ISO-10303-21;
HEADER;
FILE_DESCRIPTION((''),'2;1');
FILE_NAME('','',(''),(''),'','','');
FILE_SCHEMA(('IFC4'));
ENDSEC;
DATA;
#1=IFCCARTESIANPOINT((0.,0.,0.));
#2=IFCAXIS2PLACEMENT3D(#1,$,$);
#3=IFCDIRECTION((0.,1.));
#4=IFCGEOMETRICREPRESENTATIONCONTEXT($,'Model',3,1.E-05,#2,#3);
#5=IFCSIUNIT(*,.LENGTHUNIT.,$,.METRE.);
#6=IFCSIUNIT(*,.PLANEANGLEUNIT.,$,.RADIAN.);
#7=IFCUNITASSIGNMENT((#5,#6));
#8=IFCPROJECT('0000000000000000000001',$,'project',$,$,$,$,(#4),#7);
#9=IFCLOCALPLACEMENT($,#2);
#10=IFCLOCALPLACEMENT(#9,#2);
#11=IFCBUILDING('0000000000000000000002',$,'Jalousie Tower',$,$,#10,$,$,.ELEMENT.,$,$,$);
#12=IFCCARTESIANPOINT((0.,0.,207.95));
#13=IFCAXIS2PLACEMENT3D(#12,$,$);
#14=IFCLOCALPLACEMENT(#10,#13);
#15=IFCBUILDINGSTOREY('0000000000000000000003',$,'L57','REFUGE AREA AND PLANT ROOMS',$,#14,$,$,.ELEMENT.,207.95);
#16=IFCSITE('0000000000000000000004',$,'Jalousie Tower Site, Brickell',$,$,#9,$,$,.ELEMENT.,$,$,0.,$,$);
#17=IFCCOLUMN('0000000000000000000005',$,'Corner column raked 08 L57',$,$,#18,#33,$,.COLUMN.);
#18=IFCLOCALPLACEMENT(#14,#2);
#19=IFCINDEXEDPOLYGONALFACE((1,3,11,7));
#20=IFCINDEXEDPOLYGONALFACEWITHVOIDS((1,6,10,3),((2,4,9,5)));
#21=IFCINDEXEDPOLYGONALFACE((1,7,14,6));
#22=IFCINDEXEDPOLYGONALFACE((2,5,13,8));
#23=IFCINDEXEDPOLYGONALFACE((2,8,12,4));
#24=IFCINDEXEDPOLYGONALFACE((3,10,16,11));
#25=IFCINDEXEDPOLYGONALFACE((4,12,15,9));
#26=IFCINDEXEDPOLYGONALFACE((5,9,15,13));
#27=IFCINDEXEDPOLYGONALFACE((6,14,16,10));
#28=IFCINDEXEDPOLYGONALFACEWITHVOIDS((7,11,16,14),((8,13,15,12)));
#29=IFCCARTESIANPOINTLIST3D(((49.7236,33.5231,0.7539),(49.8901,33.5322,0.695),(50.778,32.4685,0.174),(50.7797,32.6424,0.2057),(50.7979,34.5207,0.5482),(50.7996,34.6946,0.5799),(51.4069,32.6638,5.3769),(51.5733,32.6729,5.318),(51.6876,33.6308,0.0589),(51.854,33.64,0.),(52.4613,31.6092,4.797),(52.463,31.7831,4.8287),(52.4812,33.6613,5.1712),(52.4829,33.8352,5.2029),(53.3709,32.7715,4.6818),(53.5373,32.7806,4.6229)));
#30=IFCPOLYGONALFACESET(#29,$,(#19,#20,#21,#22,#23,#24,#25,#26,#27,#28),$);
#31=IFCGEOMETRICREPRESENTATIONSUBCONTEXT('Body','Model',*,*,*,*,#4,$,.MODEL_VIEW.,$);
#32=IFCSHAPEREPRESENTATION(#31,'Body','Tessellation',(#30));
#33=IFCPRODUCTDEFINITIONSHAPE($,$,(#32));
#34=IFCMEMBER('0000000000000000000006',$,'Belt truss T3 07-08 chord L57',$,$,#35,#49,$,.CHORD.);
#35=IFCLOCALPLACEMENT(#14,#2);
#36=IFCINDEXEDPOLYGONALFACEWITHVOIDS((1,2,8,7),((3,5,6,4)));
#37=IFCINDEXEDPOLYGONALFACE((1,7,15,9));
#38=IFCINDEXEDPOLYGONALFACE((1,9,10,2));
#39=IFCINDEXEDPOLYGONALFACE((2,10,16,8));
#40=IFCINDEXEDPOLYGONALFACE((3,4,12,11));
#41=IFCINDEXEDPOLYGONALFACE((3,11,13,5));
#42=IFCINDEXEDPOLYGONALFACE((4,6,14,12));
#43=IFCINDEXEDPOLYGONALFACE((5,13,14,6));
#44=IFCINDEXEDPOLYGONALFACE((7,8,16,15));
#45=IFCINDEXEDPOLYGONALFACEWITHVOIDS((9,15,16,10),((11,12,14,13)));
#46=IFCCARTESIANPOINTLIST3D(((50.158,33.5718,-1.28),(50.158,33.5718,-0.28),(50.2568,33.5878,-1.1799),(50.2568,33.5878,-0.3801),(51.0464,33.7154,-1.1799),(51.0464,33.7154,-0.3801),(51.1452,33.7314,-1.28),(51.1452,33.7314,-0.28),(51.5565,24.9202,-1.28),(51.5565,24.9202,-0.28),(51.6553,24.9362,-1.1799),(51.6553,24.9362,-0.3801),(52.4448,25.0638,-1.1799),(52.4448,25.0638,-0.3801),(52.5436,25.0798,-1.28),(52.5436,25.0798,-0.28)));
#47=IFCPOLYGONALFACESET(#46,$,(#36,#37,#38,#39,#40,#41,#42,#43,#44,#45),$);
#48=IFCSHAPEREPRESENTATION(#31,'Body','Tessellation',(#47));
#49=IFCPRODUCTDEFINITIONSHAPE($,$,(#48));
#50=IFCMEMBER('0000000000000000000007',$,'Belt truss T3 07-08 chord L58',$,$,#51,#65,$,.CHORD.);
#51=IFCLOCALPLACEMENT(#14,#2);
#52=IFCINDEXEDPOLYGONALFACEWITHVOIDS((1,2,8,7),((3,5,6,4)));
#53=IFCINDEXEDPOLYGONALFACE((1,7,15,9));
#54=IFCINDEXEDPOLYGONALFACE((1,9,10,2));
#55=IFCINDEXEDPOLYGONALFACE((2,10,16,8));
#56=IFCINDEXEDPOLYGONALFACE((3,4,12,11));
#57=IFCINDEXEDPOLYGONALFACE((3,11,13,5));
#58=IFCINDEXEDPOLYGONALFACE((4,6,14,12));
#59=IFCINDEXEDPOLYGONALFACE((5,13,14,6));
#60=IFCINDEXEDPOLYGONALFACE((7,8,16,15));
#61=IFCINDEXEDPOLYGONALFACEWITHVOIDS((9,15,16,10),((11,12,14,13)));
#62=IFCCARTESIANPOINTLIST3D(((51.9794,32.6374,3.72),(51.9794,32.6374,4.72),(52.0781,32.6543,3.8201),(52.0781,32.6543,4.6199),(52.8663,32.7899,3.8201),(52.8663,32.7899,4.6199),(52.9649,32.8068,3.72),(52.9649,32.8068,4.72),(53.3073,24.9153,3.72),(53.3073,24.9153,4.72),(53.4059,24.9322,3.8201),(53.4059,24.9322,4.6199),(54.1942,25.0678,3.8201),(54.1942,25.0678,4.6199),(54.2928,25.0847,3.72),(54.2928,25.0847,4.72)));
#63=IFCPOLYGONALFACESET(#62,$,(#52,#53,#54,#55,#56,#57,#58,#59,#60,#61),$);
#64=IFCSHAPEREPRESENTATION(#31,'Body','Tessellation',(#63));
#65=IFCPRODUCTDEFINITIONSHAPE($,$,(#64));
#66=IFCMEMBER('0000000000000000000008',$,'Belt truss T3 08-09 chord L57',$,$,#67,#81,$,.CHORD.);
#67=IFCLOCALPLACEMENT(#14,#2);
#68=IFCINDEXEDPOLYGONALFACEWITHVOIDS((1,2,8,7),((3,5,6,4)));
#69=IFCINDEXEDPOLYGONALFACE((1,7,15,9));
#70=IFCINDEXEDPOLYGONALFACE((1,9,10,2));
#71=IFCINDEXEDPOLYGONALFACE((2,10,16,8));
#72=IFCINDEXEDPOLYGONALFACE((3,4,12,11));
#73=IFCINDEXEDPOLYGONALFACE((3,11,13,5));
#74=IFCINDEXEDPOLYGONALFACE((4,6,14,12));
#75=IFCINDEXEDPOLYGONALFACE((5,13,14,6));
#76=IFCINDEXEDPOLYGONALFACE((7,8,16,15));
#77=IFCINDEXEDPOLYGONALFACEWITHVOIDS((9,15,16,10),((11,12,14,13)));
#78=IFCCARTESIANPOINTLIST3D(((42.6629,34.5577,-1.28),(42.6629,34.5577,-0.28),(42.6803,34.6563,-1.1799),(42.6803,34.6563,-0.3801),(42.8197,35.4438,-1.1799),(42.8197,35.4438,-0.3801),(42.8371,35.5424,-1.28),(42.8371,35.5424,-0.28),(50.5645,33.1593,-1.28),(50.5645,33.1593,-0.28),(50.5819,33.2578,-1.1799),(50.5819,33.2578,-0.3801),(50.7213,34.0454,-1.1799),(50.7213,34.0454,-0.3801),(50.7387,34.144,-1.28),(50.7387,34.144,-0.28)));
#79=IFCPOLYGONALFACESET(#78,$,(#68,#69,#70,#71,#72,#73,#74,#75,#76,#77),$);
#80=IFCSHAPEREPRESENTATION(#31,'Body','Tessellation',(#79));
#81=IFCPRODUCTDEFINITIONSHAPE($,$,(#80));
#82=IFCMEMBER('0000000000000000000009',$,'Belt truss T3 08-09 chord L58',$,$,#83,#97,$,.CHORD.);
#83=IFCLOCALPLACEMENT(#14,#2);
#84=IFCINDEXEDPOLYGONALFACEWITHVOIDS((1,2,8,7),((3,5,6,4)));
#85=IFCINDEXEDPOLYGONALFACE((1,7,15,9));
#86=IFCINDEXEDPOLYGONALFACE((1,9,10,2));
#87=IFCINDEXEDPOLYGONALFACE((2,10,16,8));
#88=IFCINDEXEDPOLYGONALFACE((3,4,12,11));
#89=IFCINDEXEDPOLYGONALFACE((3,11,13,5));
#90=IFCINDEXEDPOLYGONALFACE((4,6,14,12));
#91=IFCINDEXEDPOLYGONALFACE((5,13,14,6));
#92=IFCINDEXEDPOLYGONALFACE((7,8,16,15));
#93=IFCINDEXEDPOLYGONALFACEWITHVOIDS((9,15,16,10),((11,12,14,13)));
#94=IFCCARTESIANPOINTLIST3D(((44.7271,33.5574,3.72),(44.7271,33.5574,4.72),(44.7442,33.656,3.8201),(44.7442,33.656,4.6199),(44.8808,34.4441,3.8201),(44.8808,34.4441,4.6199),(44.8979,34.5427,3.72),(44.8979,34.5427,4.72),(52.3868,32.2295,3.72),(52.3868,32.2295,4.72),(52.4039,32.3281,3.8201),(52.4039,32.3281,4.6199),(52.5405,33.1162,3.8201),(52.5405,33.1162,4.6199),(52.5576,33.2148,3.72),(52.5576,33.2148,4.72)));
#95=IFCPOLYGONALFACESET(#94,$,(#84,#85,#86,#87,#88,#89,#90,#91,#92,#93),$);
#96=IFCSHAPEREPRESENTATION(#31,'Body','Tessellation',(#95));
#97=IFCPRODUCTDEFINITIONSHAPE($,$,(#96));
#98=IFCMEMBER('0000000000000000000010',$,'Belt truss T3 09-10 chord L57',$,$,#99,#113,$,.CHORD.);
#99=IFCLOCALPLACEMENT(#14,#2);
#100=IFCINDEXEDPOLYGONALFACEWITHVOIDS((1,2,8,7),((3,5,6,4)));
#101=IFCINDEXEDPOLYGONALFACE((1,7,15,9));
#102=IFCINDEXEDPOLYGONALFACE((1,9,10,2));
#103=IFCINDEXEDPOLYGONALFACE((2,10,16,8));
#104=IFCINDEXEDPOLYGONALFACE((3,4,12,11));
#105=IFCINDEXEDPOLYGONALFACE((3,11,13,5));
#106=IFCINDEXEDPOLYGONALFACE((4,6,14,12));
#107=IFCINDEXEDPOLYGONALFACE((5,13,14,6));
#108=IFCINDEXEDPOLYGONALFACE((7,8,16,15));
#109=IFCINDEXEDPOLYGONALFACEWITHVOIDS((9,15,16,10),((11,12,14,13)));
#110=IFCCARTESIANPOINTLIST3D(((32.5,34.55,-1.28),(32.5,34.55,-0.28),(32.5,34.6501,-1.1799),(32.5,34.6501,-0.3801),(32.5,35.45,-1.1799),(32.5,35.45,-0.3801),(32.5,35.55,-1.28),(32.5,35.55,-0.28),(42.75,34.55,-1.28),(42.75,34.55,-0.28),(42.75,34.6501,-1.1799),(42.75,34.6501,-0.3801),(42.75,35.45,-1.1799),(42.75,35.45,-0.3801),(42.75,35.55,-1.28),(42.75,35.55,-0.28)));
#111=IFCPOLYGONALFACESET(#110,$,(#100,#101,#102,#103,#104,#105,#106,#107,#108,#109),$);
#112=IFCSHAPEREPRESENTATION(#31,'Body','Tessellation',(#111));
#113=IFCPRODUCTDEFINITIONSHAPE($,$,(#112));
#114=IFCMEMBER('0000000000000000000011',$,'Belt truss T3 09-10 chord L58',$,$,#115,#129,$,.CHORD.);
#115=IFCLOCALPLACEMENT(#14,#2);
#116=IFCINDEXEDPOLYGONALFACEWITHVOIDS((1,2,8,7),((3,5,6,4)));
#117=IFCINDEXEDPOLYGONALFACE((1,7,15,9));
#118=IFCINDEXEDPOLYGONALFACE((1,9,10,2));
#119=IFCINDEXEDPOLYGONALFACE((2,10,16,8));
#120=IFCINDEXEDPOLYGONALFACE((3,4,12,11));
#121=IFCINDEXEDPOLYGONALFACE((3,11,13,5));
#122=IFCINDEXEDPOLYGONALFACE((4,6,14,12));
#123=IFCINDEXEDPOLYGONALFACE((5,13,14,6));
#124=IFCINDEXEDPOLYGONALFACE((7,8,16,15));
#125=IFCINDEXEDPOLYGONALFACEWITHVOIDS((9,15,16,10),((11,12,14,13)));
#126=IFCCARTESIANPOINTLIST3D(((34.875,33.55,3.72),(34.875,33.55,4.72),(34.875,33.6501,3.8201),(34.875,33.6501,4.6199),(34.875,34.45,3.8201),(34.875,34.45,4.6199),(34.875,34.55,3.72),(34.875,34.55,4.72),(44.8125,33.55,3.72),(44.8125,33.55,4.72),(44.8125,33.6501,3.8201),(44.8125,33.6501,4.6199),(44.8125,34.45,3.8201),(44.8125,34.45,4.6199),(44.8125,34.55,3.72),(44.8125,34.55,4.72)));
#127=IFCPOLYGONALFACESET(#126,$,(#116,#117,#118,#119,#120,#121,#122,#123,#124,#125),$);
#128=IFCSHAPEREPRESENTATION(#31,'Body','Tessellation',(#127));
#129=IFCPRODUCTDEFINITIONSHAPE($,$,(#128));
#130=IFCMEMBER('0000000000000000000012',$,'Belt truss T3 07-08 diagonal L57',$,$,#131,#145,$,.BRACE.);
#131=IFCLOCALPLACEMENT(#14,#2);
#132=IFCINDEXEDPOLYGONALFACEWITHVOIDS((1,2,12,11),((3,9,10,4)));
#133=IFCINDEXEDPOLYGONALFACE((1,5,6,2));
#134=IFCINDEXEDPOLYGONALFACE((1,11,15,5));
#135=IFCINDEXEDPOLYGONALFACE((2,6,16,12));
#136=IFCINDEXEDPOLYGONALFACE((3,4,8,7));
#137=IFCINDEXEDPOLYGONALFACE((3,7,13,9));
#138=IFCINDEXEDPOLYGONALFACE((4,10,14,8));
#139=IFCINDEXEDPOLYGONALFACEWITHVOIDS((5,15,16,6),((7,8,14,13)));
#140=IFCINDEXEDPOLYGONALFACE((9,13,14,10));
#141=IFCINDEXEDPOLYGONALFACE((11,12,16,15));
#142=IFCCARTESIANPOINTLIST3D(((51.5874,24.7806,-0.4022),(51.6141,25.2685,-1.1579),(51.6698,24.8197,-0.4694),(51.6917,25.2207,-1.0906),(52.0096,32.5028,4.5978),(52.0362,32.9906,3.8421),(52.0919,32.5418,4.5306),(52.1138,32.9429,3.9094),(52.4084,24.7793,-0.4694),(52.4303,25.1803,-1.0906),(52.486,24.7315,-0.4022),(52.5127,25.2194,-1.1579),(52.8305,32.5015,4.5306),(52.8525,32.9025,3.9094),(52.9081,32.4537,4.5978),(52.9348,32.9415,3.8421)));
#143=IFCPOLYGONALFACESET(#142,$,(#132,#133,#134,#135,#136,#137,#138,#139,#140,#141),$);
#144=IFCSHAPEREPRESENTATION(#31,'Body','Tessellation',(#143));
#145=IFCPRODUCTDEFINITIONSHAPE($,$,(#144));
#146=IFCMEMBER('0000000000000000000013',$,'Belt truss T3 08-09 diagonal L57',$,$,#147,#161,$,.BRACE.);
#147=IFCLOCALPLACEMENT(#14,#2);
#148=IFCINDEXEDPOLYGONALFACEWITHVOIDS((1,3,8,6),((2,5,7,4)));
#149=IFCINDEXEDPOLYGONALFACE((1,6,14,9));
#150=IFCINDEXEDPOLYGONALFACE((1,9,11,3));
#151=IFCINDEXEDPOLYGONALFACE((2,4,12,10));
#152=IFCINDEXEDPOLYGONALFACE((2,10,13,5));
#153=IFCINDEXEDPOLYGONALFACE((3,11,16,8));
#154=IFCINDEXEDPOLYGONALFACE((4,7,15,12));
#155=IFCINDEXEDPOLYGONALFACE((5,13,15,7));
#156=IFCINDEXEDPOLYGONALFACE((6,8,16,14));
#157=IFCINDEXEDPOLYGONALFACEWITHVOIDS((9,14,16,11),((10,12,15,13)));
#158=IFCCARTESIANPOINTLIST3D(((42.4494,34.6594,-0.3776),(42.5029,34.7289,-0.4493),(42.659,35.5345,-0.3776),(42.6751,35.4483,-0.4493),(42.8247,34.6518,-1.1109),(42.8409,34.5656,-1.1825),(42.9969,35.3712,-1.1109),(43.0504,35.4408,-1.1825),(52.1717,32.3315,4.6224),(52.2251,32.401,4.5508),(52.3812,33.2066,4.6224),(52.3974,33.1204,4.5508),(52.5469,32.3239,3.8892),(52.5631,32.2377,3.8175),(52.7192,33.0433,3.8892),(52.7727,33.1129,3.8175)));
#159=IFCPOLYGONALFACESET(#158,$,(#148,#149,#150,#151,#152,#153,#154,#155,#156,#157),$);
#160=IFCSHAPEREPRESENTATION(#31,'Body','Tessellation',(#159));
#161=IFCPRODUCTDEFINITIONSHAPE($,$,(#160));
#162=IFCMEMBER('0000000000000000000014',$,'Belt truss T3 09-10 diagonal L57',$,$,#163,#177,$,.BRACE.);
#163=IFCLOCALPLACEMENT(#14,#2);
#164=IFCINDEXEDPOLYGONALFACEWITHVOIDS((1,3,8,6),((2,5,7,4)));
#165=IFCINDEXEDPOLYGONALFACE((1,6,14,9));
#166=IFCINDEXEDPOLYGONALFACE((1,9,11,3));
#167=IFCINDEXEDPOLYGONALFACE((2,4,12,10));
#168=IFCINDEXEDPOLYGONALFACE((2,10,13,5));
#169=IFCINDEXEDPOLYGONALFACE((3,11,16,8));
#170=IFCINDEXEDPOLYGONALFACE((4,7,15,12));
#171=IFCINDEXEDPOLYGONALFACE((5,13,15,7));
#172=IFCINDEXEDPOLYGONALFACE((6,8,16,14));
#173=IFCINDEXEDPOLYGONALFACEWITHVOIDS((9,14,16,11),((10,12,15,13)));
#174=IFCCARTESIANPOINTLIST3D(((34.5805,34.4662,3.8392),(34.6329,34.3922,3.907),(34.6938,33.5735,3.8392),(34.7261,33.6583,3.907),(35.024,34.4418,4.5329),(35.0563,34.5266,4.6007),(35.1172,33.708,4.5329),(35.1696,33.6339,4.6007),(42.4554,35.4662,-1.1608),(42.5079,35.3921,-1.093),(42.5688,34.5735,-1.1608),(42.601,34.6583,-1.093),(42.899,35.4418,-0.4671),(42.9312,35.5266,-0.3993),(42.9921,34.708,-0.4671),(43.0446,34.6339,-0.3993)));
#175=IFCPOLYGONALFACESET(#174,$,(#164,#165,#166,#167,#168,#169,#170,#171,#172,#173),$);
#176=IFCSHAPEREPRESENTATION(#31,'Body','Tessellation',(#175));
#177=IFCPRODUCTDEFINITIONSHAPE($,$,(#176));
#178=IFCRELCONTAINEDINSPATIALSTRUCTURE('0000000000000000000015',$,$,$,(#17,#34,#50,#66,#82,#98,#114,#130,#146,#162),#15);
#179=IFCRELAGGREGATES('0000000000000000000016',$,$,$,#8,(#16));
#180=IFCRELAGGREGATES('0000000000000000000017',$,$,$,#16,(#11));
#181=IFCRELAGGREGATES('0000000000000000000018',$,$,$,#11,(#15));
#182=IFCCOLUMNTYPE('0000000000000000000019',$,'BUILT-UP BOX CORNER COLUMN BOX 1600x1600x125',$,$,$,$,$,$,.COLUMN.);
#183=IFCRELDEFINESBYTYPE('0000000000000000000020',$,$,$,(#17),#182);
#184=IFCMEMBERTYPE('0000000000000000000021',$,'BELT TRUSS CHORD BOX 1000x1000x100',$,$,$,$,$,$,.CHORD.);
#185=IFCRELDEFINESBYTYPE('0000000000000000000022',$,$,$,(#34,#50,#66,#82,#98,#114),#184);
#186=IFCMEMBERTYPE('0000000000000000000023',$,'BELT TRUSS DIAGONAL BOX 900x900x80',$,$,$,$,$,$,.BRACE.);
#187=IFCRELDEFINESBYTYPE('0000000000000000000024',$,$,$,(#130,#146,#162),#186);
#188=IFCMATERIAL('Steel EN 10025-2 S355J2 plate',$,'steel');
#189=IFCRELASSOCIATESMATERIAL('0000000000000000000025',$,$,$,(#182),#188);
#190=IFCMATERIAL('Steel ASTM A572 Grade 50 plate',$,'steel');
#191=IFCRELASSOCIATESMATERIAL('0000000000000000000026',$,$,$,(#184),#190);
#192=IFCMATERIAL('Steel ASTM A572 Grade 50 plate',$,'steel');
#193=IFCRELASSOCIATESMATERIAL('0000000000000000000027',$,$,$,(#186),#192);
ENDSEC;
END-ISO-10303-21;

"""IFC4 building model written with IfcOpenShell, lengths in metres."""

from ifc_helpers import new_model, si_unit, direction, frame, origin, origin_2d, place, context, subcontext, project, spatial, hollow_rectangle, extrude, material, material_profile, profile_set, type_object, element, save


model = new_model("IFC4")

# Units and contexts
model_context = context("Model", 3, precision=1e-05, world=origin(), true_north=direction((0.0, 1.0)))
body_context = subcontext(model_context, "Body", "Model", "MODEL_VIEW")
ifc_project = project(units=[si_unit("LENGTHUNIT", "METRE"), si_unit("PLANEANGLEUNIT", "RADIAN")], contexts=[model_context])

# Site, building, storey
site_placement = place(None, origin())
site = spatial("IfcSite", under=ifc_project, at=site_placement, Name="Jalousie Tower Site, Brickell", CompositionType="ELEMENT", RefElevation=0.0)
building_placement = place(site_placement, origin())
building = spatial("IfcBuilding", under=site, at=building_placement, Name="Jalousie Tower", CompositionType="ELEMENT")
storey_placement = place(building_placement, frame((0.0, 0.0, 207.95)))
storey = spatial("IfcBuildingStorey", under=building, at=storey_placement, Name="L57", Description="REFUGE AREA AND PLANT ROOMS", CompositionType="ELEMENT", Elevation=207.95)

# Column
ifc_material_1 = material(Name="Steel EN 10025-2 S355J2 plate", Category="steel")
ifc_material_profile_1 = material_profile(ifc_material_1, hollow_rectangle(XDim=1.6001, YDim=1.6001, WallThickness=0.125, at=origin_2d()), Name="BOX 1600x1600x125")
ifc_profile_set_1 = profile_set([ifc_material_profile_1], Name="Steel EN 10025-2 S355J2 plate")
column_type = type_object("IfcColumnType", Name="BUILT-UP BOX CORNER COLUMN BOX 1600x1600x125", PredefinedType="COLUMN", material=ifc_profile_set_1)
column_placement = place(storey_placement, frame((50.7888, 33.5815, 0.377), z_axis=(0.337034, -0.172065, 0.925636), x_axis=(-0.672444, -0.732115, 0.108753)))
element("IfcColumn", 1, at=column_placement, inside=storey, type_object=column_type, Name="Corner column raked 08 L57", PredefinedType="COLUMN", context=body_context, shape_type="SweptSolid", body=[
    extrude(hollow_rectangle(XDim=1.6001, YDim=1.6001, WallThickness=0.125, at=origin_2d()), origin(), (0.0, 0.0, 1.0), 4.9944),
])

# Members
ifc_material_2 = material(Name="Steel ASTM A572 Grade 50 plate", Category="steel")
ifc_material_profile_2 = material_profile(ifc_material_2, hollow_rectangle(XDim=1.0, YDim=1.0, WallThickness=0.1001, at=origin_2d()), Name="BOX 1000x1000x100")
ifc_profile_set_2 = profile_set([ifc_material_profile_2], Name="Steel ASTM A572 Grade 50 plate")
member_type_1 = type_object("IfcMemberType", Name="BELT TRUSS CHORD BOX 1000x1000x100", PredefinedType="CHORD", material=ifc_profile_set_2)
member_1_placement = place(storey_placement, frame((52.05, 25.0, -0.78), z_axis=(-0.159568, 0.987187, 0.0), x_axis=(-0.987187, -0.159568, 0.0)))
element("IfcMember", 2, at=member_1_placement, inside=storey, type_object=member_type_1, Name="Belt truss T3 07-08 chord L57", PredefinedType="CHORD", context=body_context, shape_type="SweptSolid", body=[
    extrude(hollow_rectangle(XDim=1.0, YDim=1.0, WallThickness=0.1001, at=origin_2d()), origin(), (0.0, 0.0, 1.0), 8.7639),
])
member_2_placement = place(storey_placement, frame((53.8, 25.0, 4.22), z_axis=(-0.16947, 0.985535, 0.0), x_axis=(-0.985535, -0.16947, 0.0)))
element("IfcMember", 3, at=member_2_placement, inside=storey, type_object=member_type_1, Name="Belt truss T3 07-08 chord L58", PredefinedType="CHORD", context=body_context, shape_type="SweptSolid", body=[
    extrude(hollow_rectangle(XDim=1.0, YDim=1.0, WallThickness=0.1001, at=origin_2d()), origin(), (0.0, 0.0, 1.0), 7.8354),
])
member_3_placement = place(storey_placement, frame((50.6516, 33.6516, -0.78), z_axis=(-0.984697, 0.174273, 0.0), x_axis=(-0.174273, -0.984697, 0.0)))
element("IfcMember", 4, at=member_3_placement, inside=storey, type_object=member_type_1, Name="Belt truss T3 08-09 chord L57", PredefinedType="CHORD", context=body_context, shape_type="SweptSolid", body=[
    extrude(hollow_rectangle(XDim=1.0, YDim=1.0, WallThickness=0.1001, at=origin_2d()), origin(), (0.0, 0.0, 1.0), 8.0244),
])
member_4_placement = place(storey_placement, frame((52.4722, 32.7222, 4.22), z_axis=(-0.985304, 0.170812, 0.0), x_axis=(-0.170812, -0.985304, 0.0)))
element("IfcMember", 5, at=member_4_placement, inside=storey, type_object=member_type_1, Name="Belt truss T3 08-09 chord L58", PredefinedType="CHORD", context=body_context, shape_type="SweptSolid", body=[
    extrude(hollow_rectangle(XDim=1.0, YDim=1.0, WallThickness=0.1001, at=origin_2d()), origin(), (0.0, 0.0, 1.0), 7.7739),
])
member_5_placement = place(storey_placement, frame((42.75, 35.05, -0.78), z_axis=(-1.0, 0.0, 0.0), x_axis=(0.0, -1.0, 0.0)))
element("IfcMember", 6, at=member_5_placement, inside=storey, type_object=member_type_1, Name="Belt truss T3 09-10 chord L57", PredefinedType="CHORD", context=body_context, shape_type="SweptSolid", body=[
    extrude(hollow_rectangle(XDim=1.0, YDim=1.0, WallThickness=0.1001, at=origin_2d()), origin(), (0.0, 0.0, 1.0), 10.25),
])
member_6_placement = place(storey_placement, frame((44.8125, 34.05, 4.22), z_axis=(-1.0, 0.0, 0.0), x_axis=(0.0, -1.0, 0.0)))
element("IfcMember", 7, at=member_6_placement, inside=storey, type_object=member_type_1, Name="Belt truss T3 09-10 chord L58", PredefinedType="CHORD", context=body_context, shape_type="SweptSolid", body=[
    extrude(hollow_rectangle(XDim=1.0, YDim=1.0, WallThickness=0.1001, at=origin_2d()), origin(), (0.0, 0.0, 1.0), 9.9375),
])
ifc_material_3 = material(Name="Steel ASTM A572 Grade 50 plate", Category="steel")
ifc_material_profile_3 = material_profile(ifc_material_3, hollow_rectangle(XDim=0.8999, YDim=0.8999, WallThickness=0.0801, at=origin_2d()), Name="BOX 900x900x80")
ifc_profile_set_3 = profile_set([ifc_material_profile_3], Name="Steel ASTM A572 Grade 50 plate")
member_type_2 = type_object("IfcMemberType", Name="BELT TRUSS DIAGONAL BOX 900x900x80", PredefinedType="BRACE", material=ifc_profile_set_3)
member_7_placement = place(storey_placement, frame((52.05, 25.0, -0.78), z_axis=(0.045836, 0.838524, 0.542933), x_axis=(-0.998509, 0.054582, 0.0)))
element("IfcMember", 8, at=member_7_placement, inside=storey, type_object=member_type_2, Name="Belt truss T3 07-08 diagonal L57", PredefinedType="BRACE", context=body_context, shape_type="SweptSolid", body=[
    extrude(hollow_rectangle(XDim=0.8999, YDim=0.8999, WallThickness=0.0801, at=origin_2d()), origin(), (0.0, 0.0, 1.0), 9.2092),
])
member_8_placement = place(storey_placement, frame((52.4722, 32.7222, 4.22), z_axis=(-0.869787, 0.208262, -0.447322), x_axis=(-0.232858, -0.972511, 0.0)))
element("IfcMember", 9, at=member_8_placement, inside=storey, type_object=member_type_2, Name="Belt truss T3 08-09 diagonal L57", PredefinedType="BRACE", context=body_context, shape_type="SweptSolid", body=[
    extrude(hollow_rectangle(XDim=0.8999, YDim=0.8999, WallThickness=0.0801, at=origin_2d()), origin(), (0.0, 0.0, 1.0), 11.1777),
])
member_9_placement = place(storey_placement, frame((42.75, 35.05, -0.78), z_axis=(-0.839403, -0.106591, 0.532954), x_axis=(0.125973, -0.992034, 0.0)))
element("IfcMember", 10, at=member_9_placement, inside=storey, type_object=member_type_2, Name="Belt truss T3 09-10 diagonal L57", PredefinedType="BRACE", context=body_context, shape_type="SweptSolid", body=[
    extrude(hollow_rectangle(XDim=0.8999, YDim=0.8999, WallThickness=0.0801, at=origin_2d()), origin(), (0.0, 0.0, 1.0), 9.3816),
])

save(model, "model.ifc")
